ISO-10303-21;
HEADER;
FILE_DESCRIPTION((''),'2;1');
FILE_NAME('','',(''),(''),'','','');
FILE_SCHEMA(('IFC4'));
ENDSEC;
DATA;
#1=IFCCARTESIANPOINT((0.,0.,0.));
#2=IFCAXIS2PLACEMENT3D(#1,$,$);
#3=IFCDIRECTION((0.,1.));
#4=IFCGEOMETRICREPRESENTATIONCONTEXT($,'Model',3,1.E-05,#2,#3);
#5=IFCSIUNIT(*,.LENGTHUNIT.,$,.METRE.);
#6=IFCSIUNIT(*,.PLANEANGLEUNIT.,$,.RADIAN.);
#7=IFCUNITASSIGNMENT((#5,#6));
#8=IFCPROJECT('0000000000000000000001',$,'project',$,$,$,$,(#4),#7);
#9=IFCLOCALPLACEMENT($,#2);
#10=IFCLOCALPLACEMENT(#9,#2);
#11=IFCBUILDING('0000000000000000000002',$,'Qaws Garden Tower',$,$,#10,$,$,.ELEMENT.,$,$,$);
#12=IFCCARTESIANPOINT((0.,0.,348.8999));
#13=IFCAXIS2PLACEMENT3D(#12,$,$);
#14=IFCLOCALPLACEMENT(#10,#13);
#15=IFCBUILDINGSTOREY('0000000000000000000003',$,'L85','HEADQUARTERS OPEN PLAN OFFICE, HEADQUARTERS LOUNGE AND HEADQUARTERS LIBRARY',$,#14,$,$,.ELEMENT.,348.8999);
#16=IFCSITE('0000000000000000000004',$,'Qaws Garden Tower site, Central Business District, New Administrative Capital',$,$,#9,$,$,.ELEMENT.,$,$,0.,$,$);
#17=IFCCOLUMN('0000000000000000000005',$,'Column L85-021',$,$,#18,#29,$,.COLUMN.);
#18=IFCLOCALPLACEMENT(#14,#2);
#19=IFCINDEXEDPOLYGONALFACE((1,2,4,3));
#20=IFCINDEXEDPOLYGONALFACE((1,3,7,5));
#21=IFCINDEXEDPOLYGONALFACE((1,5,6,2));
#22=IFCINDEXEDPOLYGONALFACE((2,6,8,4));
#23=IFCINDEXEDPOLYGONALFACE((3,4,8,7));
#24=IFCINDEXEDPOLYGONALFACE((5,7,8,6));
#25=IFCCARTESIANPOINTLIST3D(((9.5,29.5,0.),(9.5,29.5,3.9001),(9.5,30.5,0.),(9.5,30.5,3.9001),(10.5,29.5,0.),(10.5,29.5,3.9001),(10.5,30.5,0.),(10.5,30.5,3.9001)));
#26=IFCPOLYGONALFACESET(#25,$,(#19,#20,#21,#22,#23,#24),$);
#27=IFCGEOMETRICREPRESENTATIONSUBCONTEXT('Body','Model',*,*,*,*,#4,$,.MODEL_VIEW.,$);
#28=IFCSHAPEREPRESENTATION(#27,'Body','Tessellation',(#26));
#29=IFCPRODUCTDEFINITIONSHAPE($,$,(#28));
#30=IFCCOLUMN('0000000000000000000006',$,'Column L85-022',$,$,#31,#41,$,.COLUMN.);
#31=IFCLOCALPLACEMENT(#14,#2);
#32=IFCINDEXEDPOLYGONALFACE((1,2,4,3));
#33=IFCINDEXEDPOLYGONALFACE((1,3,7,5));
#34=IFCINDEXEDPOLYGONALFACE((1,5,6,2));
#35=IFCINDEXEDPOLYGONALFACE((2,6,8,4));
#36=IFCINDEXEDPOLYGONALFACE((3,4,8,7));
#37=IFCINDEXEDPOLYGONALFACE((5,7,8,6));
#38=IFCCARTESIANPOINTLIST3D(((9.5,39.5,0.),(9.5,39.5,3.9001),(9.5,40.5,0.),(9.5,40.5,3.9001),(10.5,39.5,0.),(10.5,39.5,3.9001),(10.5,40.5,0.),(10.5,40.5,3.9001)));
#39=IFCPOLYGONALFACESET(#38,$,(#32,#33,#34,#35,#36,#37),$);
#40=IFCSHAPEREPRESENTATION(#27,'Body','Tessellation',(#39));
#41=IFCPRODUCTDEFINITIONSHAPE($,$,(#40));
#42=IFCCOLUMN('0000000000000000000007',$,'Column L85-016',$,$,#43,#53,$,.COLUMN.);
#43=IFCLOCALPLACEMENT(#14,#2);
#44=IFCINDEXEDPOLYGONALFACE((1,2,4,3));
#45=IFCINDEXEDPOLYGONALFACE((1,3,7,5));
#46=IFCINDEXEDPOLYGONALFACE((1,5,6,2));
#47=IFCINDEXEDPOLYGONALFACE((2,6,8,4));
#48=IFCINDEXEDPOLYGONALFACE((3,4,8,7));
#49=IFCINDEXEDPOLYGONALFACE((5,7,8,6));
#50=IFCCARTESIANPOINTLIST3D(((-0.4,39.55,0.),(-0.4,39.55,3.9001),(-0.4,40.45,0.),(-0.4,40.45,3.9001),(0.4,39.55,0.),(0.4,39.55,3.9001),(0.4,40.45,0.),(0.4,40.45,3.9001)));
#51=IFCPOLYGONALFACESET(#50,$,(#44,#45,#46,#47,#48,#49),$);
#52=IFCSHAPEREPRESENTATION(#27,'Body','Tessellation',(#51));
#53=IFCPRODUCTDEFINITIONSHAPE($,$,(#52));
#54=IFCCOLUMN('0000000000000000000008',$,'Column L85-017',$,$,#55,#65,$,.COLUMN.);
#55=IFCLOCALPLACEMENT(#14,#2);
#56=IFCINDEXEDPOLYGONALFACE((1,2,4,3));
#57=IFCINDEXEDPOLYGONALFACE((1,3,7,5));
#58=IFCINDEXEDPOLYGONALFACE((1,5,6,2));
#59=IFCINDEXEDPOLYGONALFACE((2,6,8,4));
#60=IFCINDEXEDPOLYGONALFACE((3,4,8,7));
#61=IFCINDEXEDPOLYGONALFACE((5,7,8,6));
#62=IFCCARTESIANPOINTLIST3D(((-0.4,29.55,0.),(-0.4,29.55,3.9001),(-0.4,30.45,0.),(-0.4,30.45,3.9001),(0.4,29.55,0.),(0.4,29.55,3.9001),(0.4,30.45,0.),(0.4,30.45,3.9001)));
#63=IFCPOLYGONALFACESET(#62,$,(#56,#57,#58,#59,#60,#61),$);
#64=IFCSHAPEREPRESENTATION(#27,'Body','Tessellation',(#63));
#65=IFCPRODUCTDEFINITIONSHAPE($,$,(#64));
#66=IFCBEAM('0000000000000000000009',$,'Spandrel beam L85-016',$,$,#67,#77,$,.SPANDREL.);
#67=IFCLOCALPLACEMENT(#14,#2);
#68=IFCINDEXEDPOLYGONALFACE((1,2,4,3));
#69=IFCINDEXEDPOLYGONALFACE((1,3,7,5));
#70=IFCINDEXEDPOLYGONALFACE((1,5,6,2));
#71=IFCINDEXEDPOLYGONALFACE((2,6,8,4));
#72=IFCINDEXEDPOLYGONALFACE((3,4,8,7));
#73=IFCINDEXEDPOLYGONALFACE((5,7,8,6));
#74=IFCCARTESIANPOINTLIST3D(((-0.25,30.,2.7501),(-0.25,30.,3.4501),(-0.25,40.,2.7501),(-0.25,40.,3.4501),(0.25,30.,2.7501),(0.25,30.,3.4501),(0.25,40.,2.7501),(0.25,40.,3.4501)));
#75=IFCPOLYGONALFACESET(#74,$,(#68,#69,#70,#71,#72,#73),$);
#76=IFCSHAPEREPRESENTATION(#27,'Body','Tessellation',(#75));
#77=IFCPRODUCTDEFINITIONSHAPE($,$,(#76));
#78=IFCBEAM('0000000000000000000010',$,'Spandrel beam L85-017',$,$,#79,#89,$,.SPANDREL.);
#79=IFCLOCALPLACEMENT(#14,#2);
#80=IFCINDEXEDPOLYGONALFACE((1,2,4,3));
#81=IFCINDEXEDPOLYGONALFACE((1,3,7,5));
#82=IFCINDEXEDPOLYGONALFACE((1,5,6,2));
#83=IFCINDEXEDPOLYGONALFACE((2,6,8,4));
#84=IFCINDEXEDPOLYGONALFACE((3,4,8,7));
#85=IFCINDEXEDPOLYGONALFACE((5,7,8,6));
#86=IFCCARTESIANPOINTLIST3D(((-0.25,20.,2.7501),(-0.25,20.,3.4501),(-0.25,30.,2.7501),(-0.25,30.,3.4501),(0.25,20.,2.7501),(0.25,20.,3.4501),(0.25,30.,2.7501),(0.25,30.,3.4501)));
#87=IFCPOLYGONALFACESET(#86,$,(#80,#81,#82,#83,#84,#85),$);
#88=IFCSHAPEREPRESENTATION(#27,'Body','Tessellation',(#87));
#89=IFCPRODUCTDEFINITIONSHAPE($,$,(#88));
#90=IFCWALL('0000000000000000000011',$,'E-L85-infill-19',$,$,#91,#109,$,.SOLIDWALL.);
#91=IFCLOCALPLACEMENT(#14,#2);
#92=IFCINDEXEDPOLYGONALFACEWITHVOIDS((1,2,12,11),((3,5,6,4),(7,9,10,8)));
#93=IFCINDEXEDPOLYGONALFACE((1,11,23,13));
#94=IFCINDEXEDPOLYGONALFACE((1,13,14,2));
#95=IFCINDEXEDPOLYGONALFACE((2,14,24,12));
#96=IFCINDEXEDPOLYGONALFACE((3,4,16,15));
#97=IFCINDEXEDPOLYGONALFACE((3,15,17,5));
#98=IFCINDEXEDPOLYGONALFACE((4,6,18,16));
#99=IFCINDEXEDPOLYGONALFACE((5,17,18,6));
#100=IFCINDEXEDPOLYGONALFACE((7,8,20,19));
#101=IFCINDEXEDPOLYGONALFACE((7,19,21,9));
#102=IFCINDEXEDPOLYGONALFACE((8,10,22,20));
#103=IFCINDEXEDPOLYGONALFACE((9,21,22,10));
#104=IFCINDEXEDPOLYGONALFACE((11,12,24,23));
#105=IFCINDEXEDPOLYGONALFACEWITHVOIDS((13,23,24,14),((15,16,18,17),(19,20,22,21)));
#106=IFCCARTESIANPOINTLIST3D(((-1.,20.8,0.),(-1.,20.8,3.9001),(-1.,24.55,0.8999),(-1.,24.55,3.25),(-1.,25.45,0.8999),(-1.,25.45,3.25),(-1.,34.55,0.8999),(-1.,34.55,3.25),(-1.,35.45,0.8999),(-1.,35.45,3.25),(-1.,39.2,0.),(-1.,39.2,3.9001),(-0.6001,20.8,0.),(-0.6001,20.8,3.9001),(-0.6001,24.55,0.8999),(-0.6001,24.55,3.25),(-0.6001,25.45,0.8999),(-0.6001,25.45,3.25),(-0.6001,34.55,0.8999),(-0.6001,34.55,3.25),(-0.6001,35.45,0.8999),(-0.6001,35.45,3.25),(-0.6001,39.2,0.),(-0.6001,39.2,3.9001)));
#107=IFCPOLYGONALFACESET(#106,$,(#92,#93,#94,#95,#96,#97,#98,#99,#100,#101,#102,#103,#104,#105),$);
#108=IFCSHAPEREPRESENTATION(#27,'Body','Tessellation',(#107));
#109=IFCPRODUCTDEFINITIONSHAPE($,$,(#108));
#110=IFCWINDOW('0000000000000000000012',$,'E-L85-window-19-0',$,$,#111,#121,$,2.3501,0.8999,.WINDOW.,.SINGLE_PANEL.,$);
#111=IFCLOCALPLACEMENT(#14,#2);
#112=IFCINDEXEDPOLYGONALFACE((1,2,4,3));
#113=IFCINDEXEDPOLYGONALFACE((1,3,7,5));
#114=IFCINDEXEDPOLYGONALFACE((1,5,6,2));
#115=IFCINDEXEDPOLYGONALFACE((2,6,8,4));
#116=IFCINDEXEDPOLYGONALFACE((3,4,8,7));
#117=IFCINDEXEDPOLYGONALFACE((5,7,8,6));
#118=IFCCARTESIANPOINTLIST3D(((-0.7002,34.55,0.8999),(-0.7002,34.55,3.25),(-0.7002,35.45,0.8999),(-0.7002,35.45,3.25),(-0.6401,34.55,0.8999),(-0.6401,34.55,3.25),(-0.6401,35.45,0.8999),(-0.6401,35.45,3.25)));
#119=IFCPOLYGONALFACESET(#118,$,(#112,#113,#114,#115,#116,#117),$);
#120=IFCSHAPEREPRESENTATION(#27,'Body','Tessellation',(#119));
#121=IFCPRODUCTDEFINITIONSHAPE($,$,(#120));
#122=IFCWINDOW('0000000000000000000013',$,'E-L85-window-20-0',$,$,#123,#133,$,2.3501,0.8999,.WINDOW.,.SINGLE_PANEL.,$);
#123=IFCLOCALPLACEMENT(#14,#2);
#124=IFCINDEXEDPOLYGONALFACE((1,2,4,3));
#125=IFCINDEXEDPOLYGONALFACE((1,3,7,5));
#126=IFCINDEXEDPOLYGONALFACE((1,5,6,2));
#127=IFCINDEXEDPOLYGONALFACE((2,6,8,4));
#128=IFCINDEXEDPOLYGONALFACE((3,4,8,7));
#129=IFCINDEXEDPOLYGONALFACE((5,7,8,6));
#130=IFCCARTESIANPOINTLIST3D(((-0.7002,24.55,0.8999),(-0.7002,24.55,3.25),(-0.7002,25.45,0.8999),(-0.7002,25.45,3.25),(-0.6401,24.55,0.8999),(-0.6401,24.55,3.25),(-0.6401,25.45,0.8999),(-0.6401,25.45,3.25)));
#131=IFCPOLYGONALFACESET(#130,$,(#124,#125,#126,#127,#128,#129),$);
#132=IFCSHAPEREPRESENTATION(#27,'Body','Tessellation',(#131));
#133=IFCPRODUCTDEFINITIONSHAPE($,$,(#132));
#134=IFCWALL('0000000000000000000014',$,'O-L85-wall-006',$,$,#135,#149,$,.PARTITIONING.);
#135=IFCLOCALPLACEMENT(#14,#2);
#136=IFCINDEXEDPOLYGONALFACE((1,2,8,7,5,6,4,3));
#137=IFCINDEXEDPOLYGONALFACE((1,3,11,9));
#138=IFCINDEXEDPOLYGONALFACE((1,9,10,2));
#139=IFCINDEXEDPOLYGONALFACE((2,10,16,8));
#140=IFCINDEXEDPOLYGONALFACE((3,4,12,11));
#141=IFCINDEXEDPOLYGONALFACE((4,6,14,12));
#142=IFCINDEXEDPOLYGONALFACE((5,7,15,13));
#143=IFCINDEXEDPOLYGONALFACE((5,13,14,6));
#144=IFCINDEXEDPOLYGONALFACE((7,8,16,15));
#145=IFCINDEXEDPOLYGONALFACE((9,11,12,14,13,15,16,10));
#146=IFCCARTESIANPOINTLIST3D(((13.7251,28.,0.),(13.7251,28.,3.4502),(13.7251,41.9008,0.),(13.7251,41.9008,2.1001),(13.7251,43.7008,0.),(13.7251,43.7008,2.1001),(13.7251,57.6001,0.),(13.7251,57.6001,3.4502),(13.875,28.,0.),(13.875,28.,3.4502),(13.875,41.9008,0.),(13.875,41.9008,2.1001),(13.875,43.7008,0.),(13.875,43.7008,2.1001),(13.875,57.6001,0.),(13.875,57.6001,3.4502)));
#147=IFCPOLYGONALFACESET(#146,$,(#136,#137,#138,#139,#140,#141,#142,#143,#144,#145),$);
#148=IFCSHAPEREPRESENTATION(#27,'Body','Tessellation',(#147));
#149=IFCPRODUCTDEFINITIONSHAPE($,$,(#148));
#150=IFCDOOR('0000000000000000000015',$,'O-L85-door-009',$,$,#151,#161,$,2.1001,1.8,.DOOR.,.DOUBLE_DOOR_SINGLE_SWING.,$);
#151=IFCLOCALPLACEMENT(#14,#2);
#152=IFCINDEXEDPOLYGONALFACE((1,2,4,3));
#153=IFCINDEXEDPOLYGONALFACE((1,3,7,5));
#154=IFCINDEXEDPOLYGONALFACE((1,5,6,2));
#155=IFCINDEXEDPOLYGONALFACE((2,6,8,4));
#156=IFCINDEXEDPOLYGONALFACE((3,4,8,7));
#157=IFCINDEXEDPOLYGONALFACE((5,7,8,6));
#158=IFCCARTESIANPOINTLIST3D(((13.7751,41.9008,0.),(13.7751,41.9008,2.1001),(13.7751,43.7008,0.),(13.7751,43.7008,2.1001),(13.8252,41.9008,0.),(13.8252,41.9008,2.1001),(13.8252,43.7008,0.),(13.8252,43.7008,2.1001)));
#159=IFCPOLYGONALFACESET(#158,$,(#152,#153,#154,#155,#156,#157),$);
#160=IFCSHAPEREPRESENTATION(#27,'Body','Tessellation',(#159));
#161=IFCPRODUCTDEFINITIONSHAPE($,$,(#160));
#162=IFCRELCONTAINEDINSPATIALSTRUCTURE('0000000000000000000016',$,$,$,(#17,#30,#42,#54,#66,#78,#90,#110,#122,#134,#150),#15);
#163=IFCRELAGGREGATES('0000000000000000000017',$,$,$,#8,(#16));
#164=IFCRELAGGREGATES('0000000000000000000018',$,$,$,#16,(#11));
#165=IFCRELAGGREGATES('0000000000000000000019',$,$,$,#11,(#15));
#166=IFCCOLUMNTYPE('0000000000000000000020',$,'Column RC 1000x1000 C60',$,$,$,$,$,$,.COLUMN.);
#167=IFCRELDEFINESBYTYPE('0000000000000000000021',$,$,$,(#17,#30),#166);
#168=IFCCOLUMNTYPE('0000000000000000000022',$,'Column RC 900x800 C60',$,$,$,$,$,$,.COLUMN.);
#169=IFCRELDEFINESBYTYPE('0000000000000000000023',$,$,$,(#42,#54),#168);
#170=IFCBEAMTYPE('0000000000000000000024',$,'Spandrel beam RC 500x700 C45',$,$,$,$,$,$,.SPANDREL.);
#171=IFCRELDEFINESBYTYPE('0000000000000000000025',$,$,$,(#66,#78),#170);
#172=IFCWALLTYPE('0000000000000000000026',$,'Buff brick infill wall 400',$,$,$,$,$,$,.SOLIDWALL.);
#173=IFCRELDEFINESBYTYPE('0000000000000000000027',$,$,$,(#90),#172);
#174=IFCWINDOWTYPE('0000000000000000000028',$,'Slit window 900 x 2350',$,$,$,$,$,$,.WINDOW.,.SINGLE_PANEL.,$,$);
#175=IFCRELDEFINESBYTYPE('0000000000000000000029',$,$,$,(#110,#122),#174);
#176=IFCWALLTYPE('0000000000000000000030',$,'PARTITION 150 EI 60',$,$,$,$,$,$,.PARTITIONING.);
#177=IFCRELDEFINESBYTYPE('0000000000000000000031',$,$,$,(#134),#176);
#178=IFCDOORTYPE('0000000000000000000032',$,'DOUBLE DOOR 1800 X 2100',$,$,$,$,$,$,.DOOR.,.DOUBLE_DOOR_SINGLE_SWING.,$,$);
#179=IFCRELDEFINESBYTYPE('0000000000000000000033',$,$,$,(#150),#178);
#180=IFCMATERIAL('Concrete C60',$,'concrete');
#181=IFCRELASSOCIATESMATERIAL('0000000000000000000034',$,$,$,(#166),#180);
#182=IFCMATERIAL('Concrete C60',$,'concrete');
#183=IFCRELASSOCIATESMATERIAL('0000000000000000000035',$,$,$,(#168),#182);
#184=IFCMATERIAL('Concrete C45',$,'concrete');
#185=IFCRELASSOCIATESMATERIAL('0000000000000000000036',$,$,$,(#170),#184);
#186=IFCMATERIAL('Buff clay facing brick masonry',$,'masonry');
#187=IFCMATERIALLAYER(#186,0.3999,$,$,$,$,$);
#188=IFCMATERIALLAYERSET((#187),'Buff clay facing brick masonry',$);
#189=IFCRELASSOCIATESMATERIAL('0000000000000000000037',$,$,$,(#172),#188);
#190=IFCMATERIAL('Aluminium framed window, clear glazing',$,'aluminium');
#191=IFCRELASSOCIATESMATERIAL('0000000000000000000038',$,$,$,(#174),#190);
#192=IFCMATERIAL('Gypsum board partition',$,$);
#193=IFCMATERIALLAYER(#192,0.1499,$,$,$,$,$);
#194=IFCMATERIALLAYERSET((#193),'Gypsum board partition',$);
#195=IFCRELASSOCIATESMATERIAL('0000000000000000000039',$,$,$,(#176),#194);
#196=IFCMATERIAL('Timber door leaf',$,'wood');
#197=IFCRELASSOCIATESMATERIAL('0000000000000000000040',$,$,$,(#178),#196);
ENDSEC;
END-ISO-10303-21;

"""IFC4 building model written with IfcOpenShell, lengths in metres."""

from ifc_helpers import new_model, si_unit, direction, frame, frame_2d, origin, origin_2d, place, context, subcontext, project, spatial, rectangle, extrude, material, layer, layer_set, material_profile, profile_set, type_object, element, fill, save


model = new_model("IFC4")

# Units and contexts
model_context = context("Model", 3, precision=1e-05, world=origin(), true_north=direction((0.0, 1.0)))
body_context = subcontext(model_context, "Body", "Model", "MODEL_VIEW")
ifc_project = project(units=[si_unit("LENGTHUNIT", "METRE"), si_unit("PLANEANGLEUNIT", "RADIAN")], contexts=[model_context])

# Site, building, storey
site_placement = place(None, origin())
site = spatial("IfcSite", under=ifc_project, at=site_placement, Name="Qaws Garden Tower site, Central Business District, New Administrative Capital", CompositionType="ELEMENT", RefElevation=0.0)
building_placement = place(site_placement, origin())
building = spatial("IfcBuilding", under=site, at=building_placement, Name="Qaws Garden Tower", CompositionType="ELEMENT")
storey_placement = place(building_placement, frame((0.0, 0.0, 348.8999)))
storey = spatial("IfcBuildingStorey", under=building, at=storey_placement, Name="L85", Description="HEADQUARTERS OPEN PLAN OFFICE, HEADQUARTERS LOUNGE AND HEADQUARTERS LIBRARY", CompositionType="ELEMENT", Elevation=348.8999)

# Columns
ifc_material_1 = material(Name="Concrete C60", Category="concrete")
ifc_material_profile_1 = material_profile(ifc_material_1, rectangle(XDim=1.0, YDim=1.0, at=origin_2d()), Name="RC 1000x1000")
ifc_profile_set_1 = profile_set([ifc_material_profile_1], Name="Concrete C60")
column_type_1 = type_object("IfcColumnType", Name="Column RC 1000x1000 C60", PredefinedType="COLUMN", material=ifc_profile_set_1)
for number, where, z_axis, x_axis, name in (
    (1, (10.0, 30.0, 0.0), (0.0, 0.0, 1.0), (1.0, 0.0, 0.0), "Column L85-021"),
    (2, (10.0, 40.0, 0.0), (0.0, 0.0, 1.0), (1.0, 0.0, 0.0), "Column L85-022"),
):
    element("IfcColumn", number, at=place(storey_placement, frame(where, z_axis=z_axis, x_axis=x_axis)), inside=storey, type_object=column_type_1, Name=name, PredefinedType="COLUMN", context=body_context, shape_type="SweptSolid", body=[
        extrude(rectangle(XDim=1.0, YDim=1.0, at=origin_2d()), origin(), (0.0, 0.0, 1.0), 3.9001),
    ])
ifc_material_2 = material(Name="Concrete C60", Category="concrete")
ifc_material_profile_2 = material_profile(ifc_material_2, rectangle(XDim=0.8999, YDim=0.8, at=origin_2d()), Name="RC 900x800")
ifc_profile_set_2 = profile_set([ifc_material_profile_2], Name="Concrete C60")
column_type_2 = type_object("IfcColumnType", Name="Column RC 900x800 C60", PredefinedType="COLUMN", material=ifc_profile_set_2)
for number, where, z_axis, x_axis, name in (
    (3, (0.0, 40.0, 0.0), (0.0, 0.0, 1.0), (0.0, 1.0, 0.0), "Column L85-016"),
    (4, (0.0, 30.0, 0.0), (0.0, 0.0, 1.0), (0.0, 1.0, 0.0), "Column L85-017"),
):
    element("IfcColumn", number, at=place(storey_placement, frame(where, z_axis=z_axis, x_axis=x_axis)), inside=storey, type_object=column_type_2, Name=name, PredefinedType="COLUMN", context=body_context, shape_type="SweptSolid", body=[
        extrude(rectangle(XDim=0.8999, YDim=0.8, at=origin_2d()), origin(), (0.0, 0.0, 1.0), 3.9001),
    ])

# Beams
ifc_material_3 = material(Name="Concrete C45", Category="concrete")
ifc_material_profile_3 = material_profile(ifc_material_3, rectangle(XDim=0.5, YDim=0.7, at=origin_2d()), Name="RC 500x700")
ifc_profile_set_3 = profile_set([ifc_material_profile_3], Name="Concrete C45")
beam_type = type_object("IfcBeamType", Name="Spandrel beam RC 500x700 C45", PredefinedType="SPANDREL", material=ifc_profile_set_3)
for number, where, z_axis, x_axis, name in (
    (5, (0.0, 40.0, 3.1001), (0.0, -1.0, 0.0), (1.0, 0.0, 0.0), "Spandrel beam L85-016"),
    (6, (0.0, 30.0, 3.1001), (0.0, -1.0, 0.0), (1.0, 0.0, 0.0), "Spandrel beam L85-017"),
):
    element("IfcBeam", number, at=place(storey_placement, frame(where, z_axis=z_axis, x_axis=x_axis)), inside=storey, type_object=beam_type, Name=name, PredefinedType="SPANDREL", context=body_context, shape_type="SweptSolid", body=[
        extrude(rectangle(XDim=0.5, YDim=0.7, at=origin_2d()), origin(), (0.0, 0.0, 1.0), 10.0),
    ])

# Wall, openings, windows
ifc_material_4 = material(Name="Buff clay facing brick masonry", Category="masonry")
ifc_layer_1 = layer(ifc_material_4, 0.3999)
ifc_layer_set_1 = layer_set([ifc_layer_1], Name="Buff clay facing brick masonry")
wall_type_1 = type_object("IfcWallType", Name="Buff brick infill wall 400", PredefinedType="SOLIDWALL", material=ifc_layer_set_1)
wall_1_placement = place(storey_placement, frame((-0.8, 39.2, 0.0), z_axis=(0.0, 0.0, 1.0), x_axis=(0.0, -1.0, 0.0)))
wall_1 = element("IfcWall", 7, at=wall_1_placement, inside=storey, type_object=wall_type_1, Name="E-L85-infill-19", PredefinedType="SOLIDWALL", context=body_context, shape_type="SweptSolid", body=[
    extrude(rectangle(XDim=18.3999, YDim=0.3999, at=frame_2d((9.2, 0.0))), origin(), (0.0, 0.0, 1.0), 3.9001),
])
opening_1_placement = place(wall_1_placement, frame((3.75, 0.0, 0.8999)))
opening_1 = element("IfcOpeningElement", 8, at=opening_1_placement, cuts=wall_1, PredefinedType="OPENING", context=body_context, shape_type="SweptSolid", body=[
    extrude(rectangle(XDim=0.8999, YDim=2.3501, at=frame_2d((0.45, 1.175))), frame((0.0, 0.21, 0.0), z_axis=(0.0, -1.0, 0.0), x_axis=(1.0, 0.0, 0.0)), (0.0, 0.0, 1.0), 0.4199),
])
opening_2_placement = place(wall_1_placement, frame((13.75, 0.0, 0.8999)))
opening_2 = element("IfcOpeningElement", 9, at=opening_2_placement, cuts=wall_1, PredefinedType="OPENING", context=body_context, shape_type="SweptSolid", body=[
    extrude(rectangle(XDim=0.8999, YDim=2.3501, at=frame_2d((0.45, 1.175))), frame((0.0, 0.21, 0.0), z_axis=(0.0, -1.0, 0.0), x_axis=(1.0, 0.0, 0.0)), (0.0, 0.0, 1.0), 0.4199),
])
ifc_material_5 = material(Name="Aluminium framed window, clear glazing", Category="aluminium")
window_type = type_object("IfcWindowType", Name="Slit window 900 x 2350", PartitioningType="SINGLE_PANEL", PredefinedType="WINDOW", material=ifc_material_5)
window_1_placement = place(opening_1_placement, origin())
window_1 = element("IfcWindow", 10, at=window_1_placement, inside=storey, type_object=window_type, Name="E-L85-window-19-0", OverallHeight=2.3501, OverallWidth=0.8999, PartitioningType="SINGLE_PANEL", PredefinedType="WINDOW", context=body_context, shape_type="SweptSolid", body=[
    extrude(rectangle(XDim=0.8999, YDim=2.3501, at=frame_2d((0.45, 1.175))), frame((0.0, 0.1599, 0.0), z_axis=(0.0, -1.0, 0.0), x_axis=(1.0, 0.0, 0.0)), (0.0, 0.0, 1.0), 0.0601),
])
fill(opening_1, window_1)
window_2_placement = place(opening_2_placement, origin())
window_2 = element("IfcWindow", 11, at=window_2_placement, inside=storey, type_object=window_type, Name="E-L85-window-20-0", OverallHeight=2.3501, OverallWidth=0.8999, PartitioningType="SINGLE_PANEL", PredefinedType="WINDOW", context=body_context, shape_type="SweptSolid", body=[
    extrude(rectangle(XDim=0.8999, YDim=2.3501, at=frame_2d((0.45, 1.175))), frame((0.0, 0.1599, 0.0), z_axis=(0.0, -1.0, 0.0), x_axis=(1.0, 0.0, 0.0)), (0.0, 0.0, 1.0), 0.0601),
])
fill(opening_2, window_2)

# Wall, opening, door
ifc_material_6 = material(Name="Gypsum board partition")
ifc_layer_2 = layer(ifc_material_6, 0.1499)
ifc_layer_set_2 = layer_set([ifc_layer_2], Name="Gypsum board partition")
wall_type_2 = type_object("IfcWallType", Name="PARTITION 150 EI 60", PredefinedType="PARTITIONING", material=ifc_layer_set_2)
wall_2_placement = place(storey_placement, frame((13.8, 28.0, 0.0), z_axis=(0.0, 0.0, 1.0), x_axis=(0.0, 1.0, 0.0)))
wall_2 = element("IfcWall", 12, at=wall_2_placement, inside=storey, type_object=wall_type_2, Name="O-L85-wall-006", PredefinedType="PARTITIONING", context=body_context, shape_type="SweptSolid", body=[
    extrude(rectangle(XDim=29.6001, YDim=0.1499, at=frame_2d((14.8, 0.0))), origin(), (0.0, 0.0, 1.0), 3.4502),
])
opening_3_placement = place(wall_2_placement, frame((13.9009, 0.0, 0.0)))
opening_3 = element("IfcOpeningElement", 13, at=opening_3_placement, cuts=wall_2, PredefinedType="OPENING", context=body_context, shape_type="SweptSolid", body=[
    extrude(rectangle(XDim=1.8, YDim=2.1001, at=frame_2d((0.8999, 1.05))), frame((0.0, 0.085, 0.0), z_axis=(0.0, -1.0, 0.0), x_axis=(1.0, 0.0, 0.0)), (0.0, 0.0, 1.0), 0.1699),
])
ifc_material_7 = material(Name="Timber door leaf", Category="wood")
door_type_1 = type_object("IfcDoorType", Name="DOUBLE DOOR 1800 X 2100", OperationType="DOUBLE_DOOR_SINGLE_SWING", PredefinedType="DOOR", material=ifc_material_7)
door_1_placement = place(opening_3_placement, origin())
door_1 = element("IfcDoor", 14, at=door_1_placement, inside=storey, type_object=door_type_1, Name="O-L85-door-009", OperationType="DOUBLE_DOOR_SINGLE_SWING", OverallHeight=2.1001, OverallWidth=1.8, PredefinedType="DOOR", context=body_context, shape_type="SweptSolid", body=[
    extrude(rectangle(XDim=1.8, YDim=2.1001, at=frame_2d((0.8999, 1.05))), frame((0.0, 0.0249, 0.0), z_axis=(0.0, -1.0, 0.0), x_axis=(1.0, 0.0, 0.0)), (0.0, 0.0, 1.0), 0.05),
])
fill(opening_3, door_1)

save(model, "model.ifc")
